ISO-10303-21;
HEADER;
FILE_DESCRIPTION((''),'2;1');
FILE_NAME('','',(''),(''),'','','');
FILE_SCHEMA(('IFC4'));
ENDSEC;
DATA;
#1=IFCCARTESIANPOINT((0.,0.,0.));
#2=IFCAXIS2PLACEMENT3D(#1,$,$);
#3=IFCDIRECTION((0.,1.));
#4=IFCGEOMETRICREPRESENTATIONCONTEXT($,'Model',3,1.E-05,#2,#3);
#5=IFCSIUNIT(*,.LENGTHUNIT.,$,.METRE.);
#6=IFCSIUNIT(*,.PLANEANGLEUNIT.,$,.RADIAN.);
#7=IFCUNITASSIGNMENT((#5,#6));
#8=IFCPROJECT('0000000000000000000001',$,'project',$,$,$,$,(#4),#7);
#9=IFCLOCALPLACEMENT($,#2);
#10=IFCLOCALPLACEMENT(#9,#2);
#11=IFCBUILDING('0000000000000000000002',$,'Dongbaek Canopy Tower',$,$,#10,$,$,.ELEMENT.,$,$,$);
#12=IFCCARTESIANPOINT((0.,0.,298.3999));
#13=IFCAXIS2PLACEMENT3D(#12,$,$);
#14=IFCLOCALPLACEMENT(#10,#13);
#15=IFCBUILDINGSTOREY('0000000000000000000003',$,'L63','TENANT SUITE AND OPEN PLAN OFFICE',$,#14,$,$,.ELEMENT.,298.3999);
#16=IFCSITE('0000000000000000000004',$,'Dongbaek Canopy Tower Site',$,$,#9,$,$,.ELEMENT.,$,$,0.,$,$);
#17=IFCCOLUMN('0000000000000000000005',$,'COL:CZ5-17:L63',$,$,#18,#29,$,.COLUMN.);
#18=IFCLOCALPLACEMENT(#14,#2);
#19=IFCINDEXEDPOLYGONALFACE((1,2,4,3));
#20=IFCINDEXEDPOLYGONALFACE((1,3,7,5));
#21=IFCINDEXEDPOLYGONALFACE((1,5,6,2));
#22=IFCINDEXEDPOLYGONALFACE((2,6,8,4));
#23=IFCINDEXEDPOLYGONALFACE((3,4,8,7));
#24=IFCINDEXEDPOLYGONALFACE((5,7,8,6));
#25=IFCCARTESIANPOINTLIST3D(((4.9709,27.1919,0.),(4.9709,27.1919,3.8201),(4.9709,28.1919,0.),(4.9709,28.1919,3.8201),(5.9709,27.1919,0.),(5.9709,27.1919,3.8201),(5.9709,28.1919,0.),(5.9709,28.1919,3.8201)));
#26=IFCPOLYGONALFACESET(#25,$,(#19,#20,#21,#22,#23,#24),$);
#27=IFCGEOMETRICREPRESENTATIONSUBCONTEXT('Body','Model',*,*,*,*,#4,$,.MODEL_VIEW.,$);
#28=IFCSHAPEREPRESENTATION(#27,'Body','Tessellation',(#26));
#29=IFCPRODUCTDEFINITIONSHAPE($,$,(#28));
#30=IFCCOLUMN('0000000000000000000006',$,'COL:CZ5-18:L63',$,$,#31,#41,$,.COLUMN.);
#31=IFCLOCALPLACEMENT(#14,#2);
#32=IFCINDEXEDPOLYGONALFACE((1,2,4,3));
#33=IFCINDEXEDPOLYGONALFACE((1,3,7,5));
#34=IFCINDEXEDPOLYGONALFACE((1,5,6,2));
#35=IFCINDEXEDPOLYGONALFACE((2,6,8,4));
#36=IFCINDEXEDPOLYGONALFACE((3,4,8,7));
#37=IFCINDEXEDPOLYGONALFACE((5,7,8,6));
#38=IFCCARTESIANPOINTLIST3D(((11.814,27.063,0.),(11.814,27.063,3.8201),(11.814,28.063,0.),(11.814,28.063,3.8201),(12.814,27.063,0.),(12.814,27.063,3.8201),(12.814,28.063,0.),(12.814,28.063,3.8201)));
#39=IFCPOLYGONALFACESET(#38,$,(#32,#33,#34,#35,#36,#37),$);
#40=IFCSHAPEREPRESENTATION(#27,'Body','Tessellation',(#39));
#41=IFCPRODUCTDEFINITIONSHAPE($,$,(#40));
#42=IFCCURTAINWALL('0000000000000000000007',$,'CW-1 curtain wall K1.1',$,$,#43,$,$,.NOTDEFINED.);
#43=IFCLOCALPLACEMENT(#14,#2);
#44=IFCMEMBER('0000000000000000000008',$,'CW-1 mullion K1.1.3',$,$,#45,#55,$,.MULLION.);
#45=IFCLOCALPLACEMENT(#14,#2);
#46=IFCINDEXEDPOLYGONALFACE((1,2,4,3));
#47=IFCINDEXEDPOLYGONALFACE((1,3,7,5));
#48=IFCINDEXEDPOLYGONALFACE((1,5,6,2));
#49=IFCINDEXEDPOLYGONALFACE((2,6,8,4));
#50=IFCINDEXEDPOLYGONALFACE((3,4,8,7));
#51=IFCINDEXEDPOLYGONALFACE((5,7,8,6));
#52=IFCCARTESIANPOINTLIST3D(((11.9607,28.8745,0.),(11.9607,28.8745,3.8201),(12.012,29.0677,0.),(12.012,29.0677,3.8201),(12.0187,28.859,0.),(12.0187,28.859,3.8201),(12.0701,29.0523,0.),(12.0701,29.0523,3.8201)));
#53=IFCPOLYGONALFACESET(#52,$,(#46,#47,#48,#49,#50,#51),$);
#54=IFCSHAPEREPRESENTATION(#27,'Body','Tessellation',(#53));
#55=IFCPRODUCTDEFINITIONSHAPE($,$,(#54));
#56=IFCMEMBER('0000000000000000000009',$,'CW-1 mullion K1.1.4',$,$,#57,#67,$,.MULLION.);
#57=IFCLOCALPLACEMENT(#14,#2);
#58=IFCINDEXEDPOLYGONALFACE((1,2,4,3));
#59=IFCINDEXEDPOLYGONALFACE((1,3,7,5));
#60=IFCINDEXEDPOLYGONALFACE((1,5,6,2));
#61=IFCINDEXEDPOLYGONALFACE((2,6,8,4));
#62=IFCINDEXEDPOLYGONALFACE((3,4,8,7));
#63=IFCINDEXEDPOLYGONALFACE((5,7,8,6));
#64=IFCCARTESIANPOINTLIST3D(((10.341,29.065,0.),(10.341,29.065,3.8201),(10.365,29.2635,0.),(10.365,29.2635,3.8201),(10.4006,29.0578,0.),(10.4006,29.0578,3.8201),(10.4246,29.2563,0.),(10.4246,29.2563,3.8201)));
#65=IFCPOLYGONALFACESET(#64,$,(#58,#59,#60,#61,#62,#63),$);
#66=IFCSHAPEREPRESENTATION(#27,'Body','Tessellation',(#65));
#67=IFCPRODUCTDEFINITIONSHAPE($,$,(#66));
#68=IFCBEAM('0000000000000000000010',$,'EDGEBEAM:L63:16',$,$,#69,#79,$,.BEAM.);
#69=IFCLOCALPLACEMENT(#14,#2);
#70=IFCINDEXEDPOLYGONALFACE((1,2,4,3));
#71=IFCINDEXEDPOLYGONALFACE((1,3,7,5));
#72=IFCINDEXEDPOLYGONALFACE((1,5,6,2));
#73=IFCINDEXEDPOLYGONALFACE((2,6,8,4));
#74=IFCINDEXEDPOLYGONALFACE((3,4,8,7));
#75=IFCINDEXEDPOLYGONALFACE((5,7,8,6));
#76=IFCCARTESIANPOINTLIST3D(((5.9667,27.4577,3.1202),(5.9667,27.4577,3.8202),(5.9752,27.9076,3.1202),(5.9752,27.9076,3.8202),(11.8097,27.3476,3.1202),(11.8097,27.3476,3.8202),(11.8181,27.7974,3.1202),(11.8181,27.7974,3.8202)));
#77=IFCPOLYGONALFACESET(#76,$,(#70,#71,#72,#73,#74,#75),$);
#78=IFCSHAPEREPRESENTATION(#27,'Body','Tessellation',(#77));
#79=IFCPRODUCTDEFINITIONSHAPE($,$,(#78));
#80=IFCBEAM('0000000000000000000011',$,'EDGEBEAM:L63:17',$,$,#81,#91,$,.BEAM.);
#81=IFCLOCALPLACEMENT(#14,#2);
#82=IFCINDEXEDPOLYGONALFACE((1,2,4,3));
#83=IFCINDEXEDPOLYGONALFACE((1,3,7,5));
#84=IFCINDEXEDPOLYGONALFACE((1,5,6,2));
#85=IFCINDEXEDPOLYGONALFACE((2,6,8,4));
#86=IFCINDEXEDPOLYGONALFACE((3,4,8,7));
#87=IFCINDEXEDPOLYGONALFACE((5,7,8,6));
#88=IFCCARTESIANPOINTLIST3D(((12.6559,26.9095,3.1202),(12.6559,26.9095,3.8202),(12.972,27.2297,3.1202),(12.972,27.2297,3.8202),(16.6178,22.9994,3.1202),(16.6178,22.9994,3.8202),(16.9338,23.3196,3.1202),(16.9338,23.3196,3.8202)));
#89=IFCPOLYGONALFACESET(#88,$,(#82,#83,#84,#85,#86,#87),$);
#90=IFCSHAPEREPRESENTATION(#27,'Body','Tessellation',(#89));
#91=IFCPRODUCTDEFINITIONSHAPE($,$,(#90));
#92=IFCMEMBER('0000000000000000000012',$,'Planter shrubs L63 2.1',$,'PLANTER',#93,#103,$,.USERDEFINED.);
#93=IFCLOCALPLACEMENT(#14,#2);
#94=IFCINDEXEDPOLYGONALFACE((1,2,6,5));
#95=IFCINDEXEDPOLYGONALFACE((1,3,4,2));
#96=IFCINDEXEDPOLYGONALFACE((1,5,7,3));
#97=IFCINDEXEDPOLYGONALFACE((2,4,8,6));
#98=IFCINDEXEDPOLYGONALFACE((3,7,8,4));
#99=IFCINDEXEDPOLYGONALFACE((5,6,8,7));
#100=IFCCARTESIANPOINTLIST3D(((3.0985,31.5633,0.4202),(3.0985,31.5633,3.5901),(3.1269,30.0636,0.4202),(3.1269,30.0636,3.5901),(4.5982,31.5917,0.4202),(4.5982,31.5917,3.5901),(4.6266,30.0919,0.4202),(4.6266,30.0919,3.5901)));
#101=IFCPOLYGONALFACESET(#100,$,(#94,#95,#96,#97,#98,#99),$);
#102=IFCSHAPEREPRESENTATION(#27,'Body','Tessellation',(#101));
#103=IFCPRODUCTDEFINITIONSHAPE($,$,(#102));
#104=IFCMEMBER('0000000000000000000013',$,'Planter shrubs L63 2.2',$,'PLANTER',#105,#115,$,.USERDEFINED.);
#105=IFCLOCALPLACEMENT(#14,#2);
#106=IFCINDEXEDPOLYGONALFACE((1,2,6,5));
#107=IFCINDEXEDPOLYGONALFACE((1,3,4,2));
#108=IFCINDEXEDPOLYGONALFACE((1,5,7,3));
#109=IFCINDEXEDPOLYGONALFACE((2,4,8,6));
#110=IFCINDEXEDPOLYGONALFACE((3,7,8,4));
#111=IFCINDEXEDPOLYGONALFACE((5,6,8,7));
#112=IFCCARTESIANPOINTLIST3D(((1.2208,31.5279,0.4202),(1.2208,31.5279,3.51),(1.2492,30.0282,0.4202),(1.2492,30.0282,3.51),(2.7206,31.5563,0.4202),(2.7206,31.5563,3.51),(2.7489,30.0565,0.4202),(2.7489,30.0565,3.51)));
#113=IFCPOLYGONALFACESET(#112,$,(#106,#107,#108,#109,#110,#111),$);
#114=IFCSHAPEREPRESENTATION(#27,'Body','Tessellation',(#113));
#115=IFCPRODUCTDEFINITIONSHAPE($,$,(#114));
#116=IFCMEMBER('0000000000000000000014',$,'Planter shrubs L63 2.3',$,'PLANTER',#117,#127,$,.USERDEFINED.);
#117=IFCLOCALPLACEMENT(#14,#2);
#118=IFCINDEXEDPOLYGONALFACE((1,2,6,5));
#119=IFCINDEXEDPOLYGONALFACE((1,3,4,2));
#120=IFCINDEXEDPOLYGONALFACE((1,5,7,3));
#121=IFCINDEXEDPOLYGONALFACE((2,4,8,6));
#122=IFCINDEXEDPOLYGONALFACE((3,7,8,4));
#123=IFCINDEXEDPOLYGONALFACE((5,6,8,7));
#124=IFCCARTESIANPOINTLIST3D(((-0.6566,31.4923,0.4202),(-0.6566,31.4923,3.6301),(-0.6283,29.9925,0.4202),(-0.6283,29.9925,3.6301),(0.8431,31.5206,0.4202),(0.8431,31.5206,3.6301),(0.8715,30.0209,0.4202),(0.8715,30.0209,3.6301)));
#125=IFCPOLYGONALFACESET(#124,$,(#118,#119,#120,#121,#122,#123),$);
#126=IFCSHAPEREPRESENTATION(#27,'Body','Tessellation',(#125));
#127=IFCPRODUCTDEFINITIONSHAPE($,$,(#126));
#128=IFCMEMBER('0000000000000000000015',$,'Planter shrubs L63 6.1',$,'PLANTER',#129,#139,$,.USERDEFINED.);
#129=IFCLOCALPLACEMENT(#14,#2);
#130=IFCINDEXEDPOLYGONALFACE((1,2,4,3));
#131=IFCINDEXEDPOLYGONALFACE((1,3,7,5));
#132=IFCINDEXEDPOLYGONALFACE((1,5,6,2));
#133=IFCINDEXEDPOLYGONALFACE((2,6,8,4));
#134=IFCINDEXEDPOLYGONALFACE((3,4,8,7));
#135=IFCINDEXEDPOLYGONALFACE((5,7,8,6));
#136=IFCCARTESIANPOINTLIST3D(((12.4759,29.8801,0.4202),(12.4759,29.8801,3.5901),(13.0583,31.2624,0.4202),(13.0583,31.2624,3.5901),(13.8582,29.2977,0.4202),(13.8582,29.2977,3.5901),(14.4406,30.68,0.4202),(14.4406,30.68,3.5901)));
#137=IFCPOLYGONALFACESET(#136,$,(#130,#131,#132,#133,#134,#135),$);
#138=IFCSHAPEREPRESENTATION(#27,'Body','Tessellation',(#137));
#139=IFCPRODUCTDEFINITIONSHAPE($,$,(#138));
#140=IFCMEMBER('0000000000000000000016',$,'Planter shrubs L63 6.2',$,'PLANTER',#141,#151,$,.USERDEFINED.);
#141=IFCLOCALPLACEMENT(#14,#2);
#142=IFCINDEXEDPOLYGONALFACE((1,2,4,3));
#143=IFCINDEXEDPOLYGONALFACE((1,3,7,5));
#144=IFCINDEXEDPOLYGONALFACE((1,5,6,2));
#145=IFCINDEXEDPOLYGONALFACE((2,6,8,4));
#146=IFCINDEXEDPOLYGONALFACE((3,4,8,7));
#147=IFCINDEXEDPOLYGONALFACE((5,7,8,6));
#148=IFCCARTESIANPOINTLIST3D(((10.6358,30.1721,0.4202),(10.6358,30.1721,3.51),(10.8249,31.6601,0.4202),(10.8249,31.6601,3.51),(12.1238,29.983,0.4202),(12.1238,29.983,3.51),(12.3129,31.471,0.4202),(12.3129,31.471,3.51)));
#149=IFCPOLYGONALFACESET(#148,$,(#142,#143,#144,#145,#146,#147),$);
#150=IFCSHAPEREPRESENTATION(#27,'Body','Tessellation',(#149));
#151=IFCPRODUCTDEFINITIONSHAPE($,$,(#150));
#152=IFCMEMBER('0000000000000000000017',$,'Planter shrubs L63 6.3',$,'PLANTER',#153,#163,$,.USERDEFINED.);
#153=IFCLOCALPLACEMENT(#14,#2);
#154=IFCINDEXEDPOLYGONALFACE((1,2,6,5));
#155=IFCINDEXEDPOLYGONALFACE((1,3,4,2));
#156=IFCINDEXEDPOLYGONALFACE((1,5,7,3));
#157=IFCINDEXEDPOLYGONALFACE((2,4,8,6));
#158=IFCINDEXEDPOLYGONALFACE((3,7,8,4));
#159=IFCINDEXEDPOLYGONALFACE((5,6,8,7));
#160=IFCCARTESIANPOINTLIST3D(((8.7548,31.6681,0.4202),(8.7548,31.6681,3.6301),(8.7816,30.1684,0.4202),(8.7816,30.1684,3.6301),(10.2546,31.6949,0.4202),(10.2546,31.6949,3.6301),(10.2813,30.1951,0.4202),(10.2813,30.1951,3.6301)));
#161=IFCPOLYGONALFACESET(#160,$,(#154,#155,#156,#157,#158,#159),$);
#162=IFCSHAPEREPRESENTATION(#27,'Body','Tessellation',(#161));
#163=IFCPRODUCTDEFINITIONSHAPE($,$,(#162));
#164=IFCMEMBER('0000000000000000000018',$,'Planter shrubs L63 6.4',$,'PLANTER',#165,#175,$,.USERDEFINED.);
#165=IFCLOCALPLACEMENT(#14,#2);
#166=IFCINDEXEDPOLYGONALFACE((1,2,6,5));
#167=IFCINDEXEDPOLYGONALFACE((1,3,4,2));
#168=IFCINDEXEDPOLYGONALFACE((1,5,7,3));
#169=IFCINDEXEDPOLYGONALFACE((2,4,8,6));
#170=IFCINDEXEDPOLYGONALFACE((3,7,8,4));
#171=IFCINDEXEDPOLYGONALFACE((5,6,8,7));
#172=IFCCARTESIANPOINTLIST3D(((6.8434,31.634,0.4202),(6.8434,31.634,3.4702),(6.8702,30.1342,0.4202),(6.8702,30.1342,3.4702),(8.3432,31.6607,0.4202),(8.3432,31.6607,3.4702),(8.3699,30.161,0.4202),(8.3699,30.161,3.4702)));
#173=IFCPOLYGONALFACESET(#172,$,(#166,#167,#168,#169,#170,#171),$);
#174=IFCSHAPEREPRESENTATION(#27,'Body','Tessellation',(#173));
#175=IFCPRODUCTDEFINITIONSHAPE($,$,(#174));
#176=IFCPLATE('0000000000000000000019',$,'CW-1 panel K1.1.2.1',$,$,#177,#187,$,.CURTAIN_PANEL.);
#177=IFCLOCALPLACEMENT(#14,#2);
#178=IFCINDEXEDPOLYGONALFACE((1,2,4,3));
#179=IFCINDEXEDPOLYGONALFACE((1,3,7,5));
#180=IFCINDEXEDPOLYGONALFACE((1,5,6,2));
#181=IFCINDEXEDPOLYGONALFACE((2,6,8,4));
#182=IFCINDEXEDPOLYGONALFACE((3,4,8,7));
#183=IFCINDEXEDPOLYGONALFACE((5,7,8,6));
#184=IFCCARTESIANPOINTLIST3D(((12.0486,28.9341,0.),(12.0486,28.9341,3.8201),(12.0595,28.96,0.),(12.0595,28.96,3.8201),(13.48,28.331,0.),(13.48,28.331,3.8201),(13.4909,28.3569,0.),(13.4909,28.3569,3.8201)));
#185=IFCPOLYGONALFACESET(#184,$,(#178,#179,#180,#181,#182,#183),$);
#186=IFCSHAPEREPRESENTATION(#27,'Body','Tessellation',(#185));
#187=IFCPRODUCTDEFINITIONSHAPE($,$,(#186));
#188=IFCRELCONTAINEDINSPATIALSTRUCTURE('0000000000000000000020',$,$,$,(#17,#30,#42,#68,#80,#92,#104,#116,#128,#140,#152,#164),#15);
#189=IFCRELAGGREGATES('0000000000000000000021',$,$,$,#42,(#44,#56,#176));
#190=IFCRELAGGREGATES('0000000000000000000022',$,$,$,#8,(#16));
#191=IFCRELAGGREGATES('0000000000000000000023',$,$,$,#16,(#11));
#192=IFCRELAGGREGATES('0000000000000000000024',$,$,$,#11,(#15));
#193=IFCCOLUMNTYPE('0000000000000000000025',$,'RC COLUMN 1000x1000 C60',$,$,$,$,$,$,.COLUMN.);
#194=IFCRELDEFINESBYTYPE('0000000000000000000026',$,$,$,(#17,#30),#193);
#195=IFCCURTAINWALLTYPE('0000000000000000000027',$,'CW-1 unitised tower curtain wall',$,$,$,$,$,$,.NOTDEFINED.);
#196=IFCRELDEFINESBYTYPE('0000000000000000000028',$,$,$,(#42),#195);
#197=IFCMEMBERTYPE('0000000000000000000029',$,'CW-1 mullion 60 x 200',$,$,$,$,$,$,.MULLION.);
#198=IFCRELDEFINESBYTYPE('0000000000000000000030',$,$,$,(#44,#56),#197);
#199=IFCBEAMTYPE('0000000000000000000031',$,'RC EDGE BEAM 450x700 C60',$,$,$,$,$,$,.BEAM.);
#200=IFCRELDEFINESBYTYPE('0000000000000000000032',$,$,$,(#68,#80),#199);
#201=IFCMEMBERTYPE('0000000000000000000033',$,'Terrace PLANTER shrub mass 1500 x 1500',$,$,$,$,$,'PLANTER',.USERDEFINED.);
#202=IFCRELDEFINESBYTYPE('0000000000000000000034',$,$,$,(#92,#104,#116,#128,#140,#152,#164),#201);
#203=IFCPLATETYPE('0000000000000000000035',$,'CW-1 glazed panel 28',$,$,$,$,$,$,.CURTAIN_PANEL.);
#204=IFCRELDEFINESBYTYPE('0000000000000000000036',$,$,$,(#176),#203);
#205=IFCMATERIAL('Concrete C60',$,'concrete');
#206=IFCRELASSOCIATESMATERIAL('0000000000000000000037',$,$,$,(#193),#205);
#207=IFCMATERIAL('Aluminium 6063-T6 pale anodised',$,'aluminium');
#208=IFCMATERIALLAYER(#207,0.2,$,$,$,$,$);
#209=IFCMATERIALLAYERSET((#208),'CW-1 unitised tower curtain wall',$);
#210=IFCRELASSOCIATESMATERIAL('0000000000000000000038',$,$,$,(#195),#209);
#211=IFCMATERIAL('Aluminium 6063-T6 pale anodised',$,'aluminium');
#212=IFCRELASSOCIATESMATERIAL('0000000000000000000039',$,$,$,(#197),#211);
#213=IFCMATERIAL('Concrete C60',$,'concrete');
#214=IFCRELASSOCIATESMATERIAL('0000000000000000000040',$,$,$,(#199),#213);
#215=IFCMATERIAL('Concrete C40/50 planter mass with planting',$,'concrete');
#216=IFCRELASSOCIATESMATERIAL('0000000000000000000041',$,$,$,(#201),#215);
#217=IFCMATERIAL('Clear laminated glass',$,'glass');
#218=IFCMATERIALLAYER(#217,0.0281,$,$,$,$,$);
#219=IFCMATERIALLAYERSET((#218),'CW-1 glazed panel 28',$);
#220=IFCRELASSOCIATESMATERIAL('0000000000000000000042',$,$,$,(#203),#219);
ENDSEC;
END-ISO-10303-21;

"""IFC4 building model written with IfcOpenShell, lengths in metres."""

from ifc_helpers import new_model, si_unit, direction, frame, origin, origin_2d, place, context, subcontext, project, spatial, rectangle, extrude, material, layer, layer_set, material_profile, profile_set, type_object, element, aggregate, save


model = new_model("IFC4")

# Units and contexts
model_context = context("Model", 3, precision=1e-05, world=origin(), true_north=direction((0.0, 1.0)))
body_context = subcontext(model_context, "Body", "Model", "MODEL_VIEW")
ifc_project = project(units=[si_unit("LENGTHUNIT", "METRE"), si_unit("PLANEANGLEUNIT", "RADIAN")], contexts=[model_context])

# Site, building, storey
site_placement = place(None, origin())
site = spatial("IfcSite", under=ifc_project, at=site_placement, Name="Dongbaek Canopy Tower Site", CompositionType="ELEMENT", RefElevation=0.0)
building_placement = place(site_placement, origin())
building = spatial("IfcBuilding", under=site, at=building_placement, Name="Dongbaek Canopy Tower", CompositionType="ELEMENT")
storey_placement = place(building_placement, frame((0.0, 0.0, 298.3999)))
storey = spatial("IfcBuildingStorey", under=building, at=storey_placement, Name="L63", Description="TENANT SUITE AND OPEN PLAN OFFICE", CompositionType="ELEMENT", Elevation=298.3999)

# Columns
ifc_material_1 = material(Name="Concrete C60", Category="concrete")
ifc_material_profile_1 = material_profile(ifc_material_1, rectangle(XDim=1.0, YDim=1.0, at=origin_2d()), Name="RC COLUMN 1000x1000 C60")
ifc_profile_set_1 = profile_set([ifc_material_profile_1], Name="Concrete C60")
column_type = type_object("IfcColumnType", Name="RC COLUMN 1000x1000 C60", PredefinedType="COLUMN", material=ifc_profile_set_1)
for number, where, z_axis, x_axis, name in (
    (1, (5.4709, 27.6919, 0.0), (0.0, 0.0, 1.0), (1.0, 0.0, 0.0), "COL:CZ5-17:L63"),
    (2, (12.314, 27.563, 0.0), (0.0, 0.0, 1.0), (1.0, 0.0, 0.0), "COL:CZ5-18:L63"),
):
    element("IfcColumn", number, at=place(storey_placement, frame(where, z_axis=z_axis, x_axis=x_axis)), inside=storey, type_object=column_type, Name=name, PredefinedType="COLUMN", context=body_context, shape_type="SweptSolid", body=[
        extrude(rectangle(XDim=1.0, YDim=1.0, at=origin_2d()), origin(), (0.0, 0.0, 1.0), 3.8201),
    ])

# Curtain wall, members
ifc_material_2 = material(Name="Aluminium 6063-T6 pale anodised", Category="aluminium")
ifc_layer_1 = layer(ifc_material_2, 0.2)
ifc_layer_set_1 = layer_set([ifc_layer_1], Name="CW-1 unitised tower curtain wall")
curtain_wall_type = type_object("IfcCurtainWallType", Name="CW-1 unitised tower curtain wall", PredefinedType="NOTDEFINED", material=ifc_layer_set_1)
curtain_wall_placement = place(storey_placement, origin())
curtain_wall = element("IfcCurtainWall", 3, at=curtain_wall_placement, inside=storey, type_object=curtain_wall_type, Name="CW-1 curtain wall K1.1", PredefinedType="NOTDEFINED")
ifc_material_3 = material(Name="Aluminium 6063-T6 pale anodised", Category="aluminium")
ifc_material_profile_2 = material_profile(ifc_material_3, rectangle(XDim=0.2, YDim=0.0601, at=origin_2d()), Name="CW-1 mullion 60 x 200")
ifc_profile_set_2 = profile_set([ifc_material_profile_2], Name="Aluminium 6063-T6 pale anodised")
member_type_1 = type_object("IfcMemberType", Name="CW-1 mullion 60 x 200", PredefinedType="MULLION", material=ifc_profile_set_2)
member_1_placement = place(storey_placement, frame((12.0154, 28.9634, 0.0), z_axis=(0.0, 0.0, 1.0), x_axis=(0.256634, 0.966509, 0.0)))
member_1 = element("IfcMember", 4, at=member_1_placement, type_object=member_type_1, Name="CW-1 mullion K1.1.3", PredefinedType="MULLION", context=body_context, shape_type="SweptSolid", body=[
    extrude(rectangle(XDim=0.2, YDim=0.0601, at=origin_2d()), origin(), (0.0, 0.0, 1.0), 3.8201),
])
member_2_placement = place(storey_placement, frame((10.3828, 29.1606, 0.0), z_axis=(0.0, 0.0, 1.0), x_axis=(0.120026, 0.992771, 0.0)))
member_2 = element("IfcMember", 5, at=member_2_placement, type_object=member_type_1, Name="CW-1 mullion K1.1.4", PredefinedType="MULLION", context=body_context, shape_type="SweptSolid", body=[
    extrude(rectangle(XDim=0.2, YDim=0.0601, at=origin_2d()), origin(), (0.0, 0.0, 1.0), 3.8201),
])

# Beams
ifc_material_4 = material(Name="Concrete C60", Category="concrete")
ifc_material_profile_3 = material_profile(ifc_material_4, rectangle(XDim=0.45, YDim=0.7, at=origin_2d()), Name="RC EDGE BEAM 450x700 C60")
ifc_profile_set_3 = profile_set([ifc_material_profile_3], Name="Concrete C60")
beam_type = type_object("IfcBeamType", Name="RC EDGE BEAM 450x700 C60", PredefinedType="BEAM", material=ifc_profile_set_3)
beam_1_placement = place(storey_placement, frame((5.9709, 27.6826, 3.4702), z_axis=(0.999822, -0.018841, 0.0), x_axis=(0.018841, 0.999822, 0.0)))
element("IfcBeam", 6, at=beam_1_placement, inside=storey, type_object=beam_type, Name="EDGEBEAM:L63:16", PredefinedType="BEAM", context=body_context, shape_type="SweptSolid", body=[
    extrude(rectangle(XDim=0.45, YDim=0.7, at=origin_2d()), origin(), (0.0, 0.0, 1.0), 5.844),
])
beam_2_placement = place(storey_placement, frame((12.814, 27.0696, 3.4702), z_axis=(0.711741, -0.702442, 0.0), x_axis=(0.702442, 0.711741, 0.0)))
element("IfcBeam", 7, at=beam_2_placement, inside=storey, type_object=beam_type, Name="EDGEBEAM:L63:17", PredefinedType="BEAM", context=body_context, shape_type="SweptSolid", body=[
    extrude(rectangle(XDim=0.45, YDim=0.7, at=origin_2d()), origin(), (0.0, 0.0, 1.0), 5.5664),
])

# Members
ifc_material_5 = material(Name="Concrete C40/50 planter mass with planting", Category="concrete")
ifc_material_profile_4 = material_profile(ifc_material_5, rectangle(XDim=1.5, YDim=1.5, at=origin_2d()), Name="Terrace PLANTER shrub mass 1500 x 1500")
ifc_profile_set_4 = profile_set([ifc_material_profile_4], Name="Concrete C40/50 planter mass with planting")
member_type_2 = type_object("IfcMemberType", Name="Terrace PLANTER shrub mass 1500 x 1500", ElementType="PLANTER", PredefinedType="USERDEFINED", material=ifc_profile_set_4)
member_3_placement = place(storey_placement, frame((3.8625, 30.8276, 0.4202), z_axis=(0.0, 0.0, 1.0), x_axis=(-0.018905, 0.999821, 0.0)))
element("IfcMember", 8, at=member_3_placement, inside=storey, type_object=member_type_2, Name="Planter shrubs L63 2.1", ObjectType="PLANTER", PredefinedType="USERDEFINED", context=body_context, shape_type="SweptSolid", body=[
    extrude(rectangle(XDim=1.5, YDim=1.5, at=origin_2d()), origin(), (0.0, 0.0, 1.0), 3.1699),
])
member_4_placement = place(storey_placement, frame((1.9849, 30.7922, 0.4202), z_axis=(0.0, 0.0, 1.0), x_axis=(-0.018905, 0.999821, 0.0)))
element("IfcMember", 9, at=member_4_placement, inside=storey, type_object=member_type_2, Name="Planter shrubs L63 2.2", ObjectType="PLANTER", PredefinedType="USERDEFINED", context=body_context, shape_type="SweptSolid", body=[
    extrude(rectangle(XDim=1.5, YDim=1.5, at=origin_2d()), origin(), (0.0, 0.0, 1.0), 3.0898),
])
member_5_placement = place(storey_placement, frame((0.1074, 30.7566, 0.4202), z_axis=(0.0, 0.0, 1.0), x_axis=(-0.018905, 0.999821, 0.0)))
element("IfcMember", 10, at=member_5_placement, inside=storey, type_object=member_type_2, Name="Planter shrubs L63 2.3", ObjectType="PLANTER", PredefinedType="USERDEFINED", context=body_context, shape_type="SweptSolid", body=[
    extrude(rectangle(XDim=1.5, YDim=1.5, at=origin_2d()), origin(), (0.0, 0.0, 1.0), 3.21),
])
member_6_placement = place(storey_placement, frame((13.4583, 30.28, 0.4202), z_axis=(0.0, 0.0, 1.0), x_axis=(0.388275, 0.921543, 0.0)))
element("IfcMember", 11, at=member_6_placement, inside=storey, type_object=member_type_2, Name="Planter shrubs L63 6.1", ObjectType="PLANTER", PredefinedType="USERDEFINED", context=body_context, shape_type="SweptSolid", body=[
    extrude(rectangle(XDim=1.5, YDim=1.5, at=origin_2d()), origin(), (0.0, 0.0, 1.0), 3.1699),
])
member_7_placement = place(storey_placement, frame((11.4744, 30.8215, 0.4202), z_axis=(0.0, 0.0, 1.0), x_axis=(0.126056, 0.992023, 0.0)))
element("IfcMember", 12, at=member_7_placement, inside=storey, type_object=member_type_2, Name="Planter shrubs L63 6.2", ObjectType="PLANTER", PredefinedType="USERDEFINED", context=body_context, shape_type="SweptSolid", body=[
    extrude(rectangle(XDim=1.5, YDim=1.5, at=origin_2d()), origin(), (0.0, 0.0, 1.0), 3.0898),
])
member_8_placement = place(storey_placement, frame((9.5181, 30.9316, 0.4202), z_axis=(0.0, 0.0, 1.0), x_axis=(-0.017835, 0.999841, 0.0)))
element("IfcMember", 13, at=member_8_placement, inside=storey, type_object=member_type_2, Name="Planter shrubs L63 6.3", ObjectType="PLANTER", PredefinedType="USERDEFINED", context=body_context, shape_type="SweptSolid", body=[
    extrude(rectangle(XDim=1.5, YDim=1.5, at=origin_2d()), origin(), (0.0, 0.0, 1.0), 3.21),
])
member_9_placement = place(storey_placement, frame((7.6067, 30.8975, 0.4202), z_axis=(0.0, 0.0, 1.0), x_axis=(-0.017835, 0.999841, 0.0)))
element("IfcMember", 14, at=member_9_placement, inside=storey, type_object=member_type_2, Name="Planter shrubs L63 6.4", ObjectType="PLANTER", PredefinedType="USERDEFINED", context=body_context, shape_type="SweptSolid", body=[
    extrude(rectangle(XDim=1.5, YDim=1.5, at=origin_2d()), origin(), (0.0, 0.0, 1.0), 3.05),
])

# Plate
ifc_material_6 = material(Name="Clear laminated glass", Category="glass")
ifc_layer_2 = layer(ifc_material_6, 0.0281)
ifc_layer_set_2 = layer_set([ifc_layer_2], Name="CW-1 glazed panel 28")
plate_type = type_object("IfcPlateType", Name="CW-1 glazed panel 28", PredefinedType="CURTAIN_PANEL", material=ifc_layer_set_2)
plate_1_placement = place(storey_placement, frame((12.7698, 28.6455, 0.0), z_axis=(0.0, 0.0, 1.0), x_axis=(-0.921543, 0.388275, 0.0)))
plate_1 = element("IfcPlate", 15, at=plate_1_placement, type_object=plate_type, Name="CW-1 panel K1.1.2.1", PredefinedType="CURTAIN_PANEL", context=body_context, shape_type="SweptSolid", body=[
    extrude(rectangle(XDim=1.5532, YDim=0.0281, at=origin_2d()), origin(), (0.0, 0.0, 1.0), 3.8201),
])
aggregate(curtain_wall, [member_1, member_2, plate_1])

save(model, "model.ifc")
